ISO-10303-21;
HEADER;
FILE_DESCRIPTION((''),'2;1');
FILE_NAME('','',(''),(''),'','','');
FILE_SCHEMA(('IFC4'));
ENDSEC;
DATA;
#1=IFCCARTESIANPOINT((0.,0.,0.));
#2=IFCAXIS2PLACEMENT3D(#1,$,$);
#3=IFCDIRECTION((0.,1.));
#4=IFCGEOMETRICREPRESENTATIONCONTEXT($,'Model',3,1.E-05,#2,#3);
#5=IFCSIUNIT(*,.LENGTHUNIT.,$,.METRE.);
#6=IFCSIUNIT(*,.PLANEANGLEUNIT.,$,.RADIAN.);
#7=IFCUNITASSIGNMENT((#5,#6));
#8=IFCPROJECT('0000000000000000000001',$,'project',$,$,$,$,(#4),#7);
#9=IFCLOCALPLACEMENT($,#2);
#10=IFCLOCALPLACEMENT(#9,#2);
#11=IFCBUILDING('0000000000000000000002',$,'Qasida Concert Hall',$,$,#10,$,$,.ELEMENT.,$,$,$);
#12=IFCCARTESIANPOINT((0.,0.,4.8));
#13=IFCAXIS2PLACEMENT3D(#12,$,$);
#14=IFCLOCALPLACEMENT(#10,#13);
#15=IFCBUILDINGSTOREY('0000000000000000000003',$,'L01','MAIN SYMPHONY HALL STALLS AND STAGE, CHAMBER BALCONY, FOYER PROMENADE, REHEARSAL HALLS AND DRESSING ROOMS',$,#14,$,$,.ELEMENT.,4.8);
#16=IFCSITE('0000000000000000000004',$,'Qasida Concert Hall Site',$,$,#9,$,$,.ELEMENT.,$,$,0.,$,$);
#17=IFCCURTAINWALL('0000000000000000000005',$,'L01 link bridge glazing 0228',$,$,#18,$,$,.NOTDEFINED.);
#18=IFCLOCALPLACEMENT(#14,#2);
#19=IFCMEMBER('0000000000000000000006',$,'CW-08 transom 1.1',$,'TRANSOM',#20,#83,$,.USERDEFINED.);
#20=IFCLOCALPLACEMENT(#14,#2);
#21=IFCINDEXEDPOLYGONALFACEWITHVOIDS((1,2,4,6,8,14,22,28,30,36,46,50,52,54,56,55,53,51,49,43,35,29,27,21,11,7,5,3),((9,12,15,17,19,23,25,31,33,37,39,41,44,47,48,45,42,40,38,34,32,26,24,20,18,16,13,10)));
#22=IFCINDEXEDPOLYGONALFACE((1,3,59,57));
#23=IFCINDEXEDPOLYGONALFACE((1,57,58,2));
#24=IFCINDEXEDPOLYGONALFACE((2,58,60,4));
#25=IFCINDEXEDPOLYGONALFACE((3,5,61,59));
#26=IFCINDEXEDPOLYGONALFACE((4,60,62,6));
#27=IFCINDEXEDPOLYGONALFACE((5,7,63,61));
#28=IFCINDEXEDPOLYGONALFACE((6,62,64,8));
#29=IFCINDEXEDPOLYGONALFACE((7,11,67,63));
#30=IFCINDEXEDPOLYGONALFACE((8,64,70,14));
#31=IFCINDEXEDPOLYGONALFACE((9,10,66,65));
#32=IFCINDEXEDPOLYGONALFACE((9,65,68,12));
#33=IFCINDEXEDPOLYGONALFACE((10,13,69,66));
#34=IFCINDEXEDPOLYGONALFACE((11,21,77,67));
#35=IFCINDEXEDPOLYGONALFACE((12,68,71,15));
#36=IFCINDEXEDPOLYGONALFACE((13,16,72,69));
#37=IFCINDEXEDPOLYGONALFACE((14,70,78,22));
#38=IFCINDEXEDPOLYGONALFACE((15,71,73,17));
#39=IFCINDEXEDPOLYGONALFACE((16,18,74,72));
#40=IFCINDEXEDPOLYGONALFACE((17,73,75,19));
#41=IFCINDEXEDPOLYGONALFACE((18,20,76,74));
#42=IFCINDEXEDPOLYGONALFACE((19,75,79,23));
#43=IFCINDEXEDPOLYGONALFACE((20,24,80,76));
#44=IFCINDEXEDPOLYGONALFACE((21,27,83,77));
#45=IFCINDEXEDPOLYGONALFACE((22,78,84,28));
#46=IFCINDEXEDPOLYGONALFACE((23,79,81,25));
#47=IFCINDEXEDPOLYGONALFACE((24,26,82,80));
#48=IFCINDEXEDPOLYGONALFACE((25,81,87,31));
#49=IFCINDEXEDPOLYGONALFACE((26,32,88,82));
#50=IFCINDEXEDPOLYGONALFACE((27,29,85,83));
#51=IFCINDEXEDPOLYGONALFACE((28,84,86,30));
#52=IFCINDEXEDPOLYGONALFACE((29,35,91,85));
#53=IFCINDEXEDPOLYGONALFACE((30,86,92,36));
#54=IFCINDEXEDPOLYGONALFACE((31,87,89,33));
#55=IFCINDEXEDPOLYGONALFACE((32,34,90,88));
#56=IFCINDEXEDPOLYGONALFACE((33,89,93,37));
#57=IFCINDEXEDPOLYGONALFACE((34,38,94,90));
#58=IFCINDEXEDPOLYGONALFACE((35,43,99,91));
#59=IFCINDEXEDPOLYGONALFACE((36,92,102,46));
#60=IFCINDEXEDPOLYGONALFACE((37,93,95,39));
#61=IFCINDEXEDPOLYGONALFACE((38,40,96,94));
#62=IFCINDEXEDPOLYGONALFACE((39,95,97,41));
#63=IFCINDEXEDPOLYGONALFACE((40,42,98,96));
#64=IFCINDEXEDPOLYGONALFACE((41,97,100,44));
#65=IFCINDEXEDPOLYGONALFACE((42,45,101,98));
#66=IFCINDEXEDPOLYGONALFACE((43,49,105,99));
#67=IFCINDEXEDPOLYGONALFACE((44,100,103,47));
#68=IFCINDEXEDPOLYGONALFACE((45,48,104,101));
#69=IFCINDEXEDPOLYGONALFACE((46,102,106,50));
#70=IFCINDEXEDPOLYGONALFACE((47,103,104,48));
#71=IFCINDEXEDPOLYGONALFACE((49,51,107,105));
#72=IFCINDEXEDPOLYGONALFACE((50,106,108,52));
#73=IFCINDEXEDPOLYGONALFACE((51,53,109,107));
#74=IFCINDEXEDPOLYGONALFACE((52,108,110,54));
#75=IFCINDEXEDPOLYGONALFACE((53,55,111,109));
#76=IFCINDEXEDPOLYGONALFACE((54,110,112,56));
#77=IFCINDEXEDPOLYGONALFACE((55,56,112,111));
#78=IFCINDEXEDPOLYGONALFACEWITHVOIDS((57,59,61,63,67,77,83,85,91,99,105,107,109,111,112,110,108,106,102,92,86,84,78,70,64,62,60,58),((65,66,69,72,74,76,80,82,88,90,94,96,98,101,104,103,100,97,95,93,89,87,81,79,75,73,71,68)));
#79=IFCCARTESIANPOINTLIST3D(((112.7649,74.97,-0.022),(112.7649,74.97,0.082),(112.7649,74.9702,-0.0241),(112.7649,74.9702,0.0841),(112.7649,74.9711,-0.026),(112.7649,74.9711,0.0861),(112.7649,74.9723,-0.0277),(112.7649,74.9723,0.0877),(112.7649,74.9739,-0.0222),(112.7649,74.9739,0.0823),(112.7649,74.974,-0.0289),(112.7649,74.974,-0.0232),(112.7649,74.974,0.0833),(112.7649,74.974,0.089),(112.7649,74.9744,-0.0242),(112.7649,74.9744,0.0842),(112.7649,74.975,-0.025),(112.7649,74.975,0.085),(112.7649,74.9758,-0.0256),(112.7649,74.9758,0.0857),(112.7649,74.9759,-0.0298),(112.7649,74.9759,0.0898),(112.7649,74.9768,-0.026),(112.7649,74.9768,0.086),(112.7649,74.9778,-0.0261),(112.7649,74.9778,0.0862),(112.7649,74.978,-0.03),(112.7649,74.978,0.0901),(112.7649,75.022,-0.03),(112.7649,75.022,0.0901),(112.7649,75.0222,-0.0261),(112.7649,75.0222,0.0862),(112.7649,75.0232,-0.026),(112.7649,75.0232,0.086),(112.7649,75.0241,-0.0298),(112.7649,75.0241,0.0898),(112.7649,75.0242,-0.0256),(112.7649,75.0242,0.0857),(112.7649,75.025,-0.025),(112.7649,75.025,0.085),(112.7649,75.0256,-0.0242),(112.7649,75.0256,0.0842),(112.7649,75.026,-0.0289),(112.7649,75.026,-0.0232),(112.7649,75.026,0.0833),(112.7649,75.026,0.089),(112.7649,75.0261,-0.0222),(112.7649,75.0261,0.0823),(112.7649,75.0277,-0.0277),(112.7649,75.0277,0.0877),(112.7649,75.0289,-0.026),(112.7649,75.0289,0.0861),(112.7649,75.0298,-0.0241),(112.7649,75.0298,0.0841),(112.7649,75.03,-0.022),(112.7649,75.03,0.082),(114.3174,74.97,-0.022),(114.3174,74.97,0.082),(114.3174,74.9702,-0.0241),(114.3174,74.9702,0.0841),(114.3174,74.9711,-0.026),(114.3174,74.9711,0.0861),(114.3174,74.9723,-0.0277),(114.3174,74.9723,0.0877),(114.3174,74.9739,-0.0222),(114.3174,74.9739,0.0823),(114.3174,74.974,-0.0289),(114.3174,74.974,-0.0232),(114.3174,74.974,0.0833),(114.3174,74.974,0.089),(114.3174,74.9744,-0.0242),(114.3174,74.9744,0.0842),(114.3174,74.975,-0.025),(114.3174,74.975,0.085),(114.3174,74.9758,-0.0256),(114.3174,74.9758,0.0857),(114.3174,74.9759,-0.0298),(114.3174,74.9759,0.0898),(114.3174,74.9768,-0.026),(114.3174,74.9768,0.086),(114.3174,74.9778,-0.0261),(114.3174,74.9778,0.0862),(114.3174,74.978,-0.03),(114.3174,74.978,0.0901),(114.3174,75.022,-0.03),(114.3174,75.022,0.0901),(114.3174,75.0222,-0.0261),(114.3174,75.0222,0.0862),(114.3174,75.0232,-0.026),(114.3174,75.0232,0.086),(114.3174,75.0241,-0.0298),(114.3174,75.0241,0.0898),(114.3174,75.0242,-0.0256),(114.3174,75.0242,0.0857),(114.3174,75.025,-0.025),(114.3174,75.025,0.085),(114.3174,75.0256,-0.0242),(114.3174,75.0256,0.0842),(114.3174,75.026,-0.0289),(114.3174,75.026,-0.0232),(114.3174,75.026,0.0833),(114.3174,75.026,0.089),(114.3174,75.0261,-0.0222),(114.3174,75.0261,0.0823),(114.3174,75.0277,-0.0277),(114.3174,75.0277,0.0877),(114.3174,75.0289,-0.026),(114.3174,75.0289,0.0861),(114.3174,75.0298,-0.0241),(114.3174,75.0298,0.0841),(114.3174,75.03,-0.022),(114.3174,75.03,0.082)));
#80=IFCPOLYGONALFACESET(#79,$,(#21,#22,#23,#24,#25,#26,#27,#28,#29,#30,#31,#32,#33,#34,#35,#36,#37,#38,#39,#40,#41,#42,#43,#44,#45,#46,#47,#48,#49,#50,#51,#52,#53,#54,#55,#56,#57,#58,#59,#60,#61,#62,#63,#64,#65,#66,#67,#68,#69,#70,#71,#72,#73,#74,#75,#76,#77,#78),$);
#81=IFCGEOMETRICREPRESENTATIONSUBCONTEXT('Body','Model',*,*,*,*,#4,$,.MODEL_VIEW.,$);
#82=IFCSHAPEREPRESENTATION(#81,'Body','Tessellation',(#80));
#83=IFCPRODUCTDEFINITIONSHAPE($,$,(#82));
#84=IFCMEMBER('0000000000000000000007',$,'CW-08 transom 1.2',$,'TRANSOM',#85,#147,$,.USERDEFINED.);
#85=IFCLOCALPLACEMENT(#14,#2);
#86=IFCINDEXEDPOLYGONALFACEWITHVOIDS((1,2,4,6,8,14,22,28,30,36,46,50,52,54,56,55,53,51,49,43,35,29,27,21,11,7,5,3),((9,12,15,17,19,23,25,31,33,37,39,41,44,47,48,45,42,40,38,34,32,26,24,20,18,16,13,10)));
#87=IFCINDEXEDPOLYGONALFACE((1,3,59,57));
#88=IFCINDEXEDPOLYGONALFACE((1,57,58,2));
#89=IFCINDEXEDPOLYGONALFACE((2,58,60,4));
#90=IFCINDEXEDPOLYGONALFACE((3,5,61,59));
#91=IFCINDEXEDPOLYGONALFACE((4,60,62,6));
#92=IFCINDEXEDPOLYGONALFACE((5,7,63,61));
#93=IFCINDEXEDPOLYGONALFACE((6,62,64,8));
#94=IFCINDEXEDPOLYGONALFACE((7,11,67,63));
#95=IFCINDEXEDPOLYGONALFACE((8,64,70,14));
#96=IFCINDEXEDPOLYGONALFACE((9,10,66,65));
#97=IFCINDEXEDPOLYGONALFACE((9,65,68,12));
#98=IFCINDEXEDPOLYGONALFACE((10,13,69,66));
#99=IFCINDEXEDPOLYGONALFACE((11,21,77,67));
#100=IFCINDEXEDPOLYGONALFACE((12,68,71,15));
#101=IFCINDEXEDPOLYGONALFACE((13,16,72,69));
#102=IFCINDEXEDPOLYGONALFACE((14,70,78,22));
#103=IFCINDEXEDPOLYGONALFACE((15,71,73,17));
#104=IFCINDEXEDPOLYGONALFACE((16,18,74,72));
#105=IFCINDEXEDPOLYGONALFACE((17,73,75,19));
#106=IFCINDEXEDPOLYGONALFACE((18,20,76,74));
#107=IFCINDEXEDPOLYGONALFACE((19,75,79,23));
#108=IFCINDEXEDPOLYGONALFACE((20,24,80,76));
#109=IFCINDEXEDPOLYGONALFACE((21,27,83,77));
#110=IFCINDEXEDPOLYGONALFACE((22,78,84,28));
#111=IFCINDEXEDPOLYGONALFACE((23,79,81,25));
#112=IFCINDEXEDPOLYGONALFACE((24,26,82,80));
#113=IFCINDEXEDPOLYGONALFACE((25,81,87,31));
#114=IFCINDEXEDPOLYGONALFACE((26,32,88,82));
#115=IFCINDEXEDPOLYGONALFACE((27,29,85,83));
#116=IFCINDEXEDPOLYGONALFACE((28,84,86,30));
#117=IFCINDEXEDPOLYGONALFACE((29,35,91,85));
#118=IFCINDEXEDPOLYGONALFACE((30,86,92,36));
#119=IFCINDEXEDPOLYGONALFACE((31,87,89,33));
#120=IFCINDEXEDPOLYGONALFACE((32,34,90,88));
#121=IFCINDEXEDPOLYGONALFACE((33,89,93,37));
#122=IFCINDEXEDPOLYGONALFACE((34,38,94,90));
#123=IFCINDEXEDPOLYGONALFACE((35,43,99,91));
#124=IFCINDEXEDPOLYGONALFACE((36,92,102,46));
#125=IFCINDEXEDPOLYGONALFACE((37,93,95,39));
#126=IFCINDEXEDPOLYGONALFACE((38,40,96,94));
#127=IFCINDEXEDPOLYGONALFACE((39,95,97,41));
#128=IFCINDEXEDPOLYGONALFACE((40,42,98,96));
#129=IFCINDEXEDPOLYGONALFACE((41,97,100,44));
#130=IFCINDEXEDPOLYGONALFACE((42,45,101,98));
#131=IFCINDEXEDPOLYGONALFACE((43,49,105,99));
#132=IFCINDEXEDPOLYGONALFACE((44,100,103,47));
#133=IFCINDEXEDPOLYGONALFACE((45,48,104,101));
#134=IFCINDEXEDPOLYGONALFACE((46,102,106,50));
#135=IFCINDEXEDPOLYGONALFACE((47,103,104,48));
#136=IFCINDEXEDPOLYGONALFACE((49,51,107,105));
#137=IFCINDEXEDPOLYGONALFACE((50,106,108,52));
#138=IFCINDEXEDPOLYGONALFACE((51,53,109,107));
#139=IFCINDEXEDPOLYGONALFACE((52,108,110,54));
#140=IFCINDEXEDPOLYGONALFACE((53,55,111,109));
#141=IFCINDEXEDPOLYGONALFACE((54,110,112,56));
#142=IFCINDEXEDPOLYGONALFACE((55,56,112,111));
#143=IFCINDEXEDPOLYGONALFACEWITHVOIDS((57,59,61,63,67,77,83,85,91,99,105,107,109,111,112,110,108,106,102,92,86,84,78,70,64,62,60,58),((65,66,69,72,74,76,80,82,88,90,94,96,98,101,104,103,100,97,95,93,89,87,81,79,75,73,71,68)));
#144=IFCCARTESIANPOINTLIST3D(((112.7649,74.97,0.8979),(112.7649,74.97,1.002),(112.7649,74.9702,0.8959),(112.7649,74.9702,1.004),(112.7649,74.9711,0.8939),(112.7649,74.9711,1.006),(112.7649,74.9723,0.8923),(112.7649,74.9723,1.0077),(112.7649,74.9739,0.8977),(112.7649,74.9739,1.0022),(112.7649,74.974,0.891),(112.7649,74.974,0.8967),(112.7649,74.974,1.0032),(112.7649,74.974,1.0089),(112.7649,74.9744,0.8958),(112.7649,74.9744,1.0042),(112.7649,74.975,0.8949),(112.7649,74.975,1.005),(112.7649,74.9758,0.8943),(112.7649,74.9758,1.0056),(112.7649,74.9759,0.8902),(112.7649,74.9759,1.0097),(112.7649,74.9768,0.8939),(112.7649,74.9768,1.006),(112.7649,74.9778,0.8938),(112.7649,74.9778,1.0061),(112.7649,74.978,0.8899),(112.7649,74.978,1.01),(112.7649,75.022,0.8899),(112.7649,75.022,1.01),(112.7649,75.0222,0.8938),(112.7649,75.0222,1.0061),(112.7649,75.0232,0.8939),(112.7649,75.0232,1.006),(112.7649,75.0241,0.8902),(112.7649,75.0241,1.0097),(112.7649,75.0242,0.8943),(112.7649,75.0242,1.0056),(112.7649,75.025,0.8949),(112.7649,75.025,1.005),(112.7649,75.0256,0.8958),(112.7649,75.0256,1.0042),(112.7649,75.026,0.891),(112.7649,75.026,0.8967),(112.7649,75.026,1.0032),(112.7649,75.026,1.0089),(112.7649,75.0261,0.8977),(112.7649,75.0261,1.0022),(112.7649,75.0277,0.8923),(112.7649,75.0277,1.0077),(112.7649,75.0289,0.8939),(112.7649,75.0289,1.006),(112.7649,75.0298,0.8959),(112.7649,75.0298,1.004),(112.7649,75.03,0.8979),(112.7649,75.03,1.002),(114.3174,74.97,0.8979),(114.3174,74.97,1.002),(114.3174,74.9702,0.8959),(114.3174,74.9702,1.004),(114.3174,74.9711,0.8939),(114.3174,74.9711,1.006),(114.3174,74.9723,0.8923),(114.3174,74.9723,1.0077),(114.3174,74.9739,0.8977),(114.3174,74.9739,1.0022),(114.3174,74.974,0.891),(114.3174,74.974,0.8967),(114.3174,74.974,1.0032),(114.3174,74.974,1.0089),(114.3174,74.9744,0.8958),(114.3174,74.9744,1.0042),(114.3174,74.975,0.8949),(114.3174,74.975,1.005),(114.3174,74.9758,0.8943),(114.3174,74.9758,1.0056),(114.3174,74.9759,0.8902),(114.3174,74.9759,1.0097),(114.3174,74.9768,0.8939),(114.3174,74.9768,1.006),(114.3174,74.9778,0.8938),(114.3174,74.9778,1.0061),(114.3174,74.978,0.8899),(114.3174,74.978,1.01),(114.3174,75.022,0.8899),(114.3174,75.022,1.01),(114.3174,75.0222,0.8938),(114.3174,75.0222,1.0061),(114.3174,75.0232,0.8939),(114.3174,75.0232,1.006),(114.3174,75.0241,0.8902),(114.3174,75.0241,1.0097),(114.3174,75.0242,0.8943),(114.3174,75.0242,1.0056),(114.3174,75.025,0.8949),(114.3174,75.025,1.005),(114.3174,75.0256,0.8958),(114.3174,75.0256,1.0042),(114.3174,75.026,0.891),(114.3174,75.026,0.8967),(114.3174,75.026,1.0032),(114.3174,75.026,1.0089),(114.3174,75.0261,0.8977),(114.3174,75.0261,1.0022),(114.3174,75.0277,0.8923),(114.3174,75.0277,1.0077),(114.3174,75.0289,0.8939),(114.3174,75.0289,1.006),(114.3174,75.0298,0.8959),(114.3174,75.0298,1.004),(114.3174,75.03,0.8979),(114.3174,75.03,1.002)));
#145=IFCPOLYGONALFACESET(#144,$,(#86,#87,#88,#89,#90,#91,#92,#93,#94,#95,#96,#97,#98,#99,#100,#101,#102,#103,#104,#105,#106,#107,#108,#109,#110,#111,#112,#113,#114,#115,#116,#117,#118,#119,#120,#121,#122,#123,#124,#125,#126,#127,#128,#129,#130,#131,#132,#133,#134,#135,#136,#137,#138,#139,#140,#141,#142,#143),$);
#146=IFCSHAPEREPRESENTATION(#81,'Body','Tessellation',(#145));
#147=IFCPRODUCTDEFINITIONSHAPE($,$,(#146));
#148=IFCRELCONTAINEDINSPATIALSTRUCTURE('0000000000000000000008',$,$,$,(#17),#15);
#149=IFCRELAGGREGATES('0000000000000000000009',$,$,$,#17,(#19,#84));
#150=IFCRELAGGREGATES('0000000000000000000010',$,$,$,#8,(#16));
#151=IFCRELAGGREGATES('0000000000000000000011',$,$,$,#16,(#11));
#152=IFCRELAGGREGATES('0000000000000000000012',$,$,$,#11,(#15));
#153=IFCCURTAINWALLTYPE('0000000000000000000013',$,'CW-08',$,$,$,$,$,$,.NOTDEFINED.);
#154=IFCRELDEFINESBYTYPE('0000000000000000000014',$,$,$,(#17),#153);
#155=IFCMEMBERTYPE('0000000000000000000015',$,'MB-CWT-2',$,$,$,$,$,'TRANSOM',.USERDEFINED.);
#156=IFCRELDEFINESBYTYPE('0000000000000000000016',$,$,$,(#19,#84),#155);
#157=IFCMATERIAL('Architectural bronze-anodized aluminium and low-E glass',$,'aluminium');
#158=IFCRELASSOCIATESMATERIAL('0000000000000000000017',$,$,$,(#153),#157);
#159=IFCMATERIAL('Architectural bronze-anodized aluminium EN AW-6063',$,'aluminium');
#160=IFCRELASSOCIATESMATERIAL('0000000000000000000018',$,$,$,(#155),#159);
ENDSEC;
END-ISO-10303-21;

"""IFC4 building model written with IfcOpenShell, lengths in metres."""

from ifc_helpers import new_model, si_unit, direction, frame, origin, origin_2d, place, context, subcontext, project, spatial, hollow_rectangle, extrude, material, material_profile, profile_set, type_object, element, aggregate, save


model = new_model("IFC4")

# Units and contexts
model_context = context("Model", 3, precision=1e-05, world=origin(), true_north=direction((0.0, 1.0)))
body_context = subcontext(model_context, "Body", "Model", "MODEL_VIEW")
ifc_project = project(units=[si_unit("LENGTHUNIT", "METRE"), si_unit("PLANEANGLEUNIT", "RADIAN")], contexts=[model_context])

# Site, building, storey
site_placement = place(None, origin())
site = spatial("IfcSite", under=ifc_project, at=site_placement, Name="Qasida Concert Hall Site", CompositionType="ELEMENT", RefElevation=0.0)
building_placement = place(site_placement, origin())
building = spatial("IfcBuilding", under=site, at=building_placement, Name="Qasida Concert Hall", CompositionType="ELEMENT")
storey_placement = place(building_placement, frame((0.0, 0.0, 4.8)))
storey = spatial("IfcBuildingStorey", under=building, at=storey_placement, Name="L01", Description="MAIN SYMPHONY HALL STALLS AND STAGE, CHAMBER BALCONY, FOYER PROMENADE, REHEARSAL HALLS AND DRESSING ROOMS", CompositionType="ELEMENT", Elevation=4.8)

# Curtain wall, members
ifc_material_1 = material(Name="Architectural bronze-anodized aluminium and low-E glass", Category="aluminium")
curtain_wall_type = type_object("IfcCurtainWallType", Name="CW-08", PredefinedType="NOTDEFINED", material=ifc_material_1)
curtain_wall_placement = place(storey_placement, origin())
curtain_wall = element("IfcCurtainWall", 1, at=curtain_wall_placement, inside=storey, type_object=curtain_wall_type, Name="L01 link bridge glazing 0228", PredefinedType="NOTDEFINED")
ifc_material_2 = material(Name="Architectural bronze-anodized aluminium EN AW-6063", Category="aluminium")
ifc_material_profile_1 = material_profile(ifc_material_2, hollow_rectangle(XDim=0.0601, YDim=0.1201, WallThickness=0.0039, InnerFilletRadius=0.0039, OuterFilletRadius=0.0081, at=origin_2d()), Name="CWT 120x60x4")
ifc_profile_set_1 = profile_set([ifc_material_profile_1], Name="Architectural bronze-anodized aluminium EN AW-6063")
member_type_1 = type_object("IfcMemberType", Name="MB-CWT-2", ElementType="TRANSOM", PredefinedType="USERDEFINED", material=ifc_profile_set_1)
member_1_placement = place(storey_placement, frame((112.7649, 75.0, 0.03), z_axis=(1.0, 0.0, 0.0), x_axis=(0.0, 1.0, 0.0)))
member_1 = element("IfcMember", 2, at=member_1_placement, type_object=member_type_1, Name="CW-08 transom 1.1", ObjectType="TRANSOM", PredefinedType="USERDEFINED", context=body_context, shape_type="SweptSolid", body=[
    extrude(hollow_rectangle(XDim=0.0601, YDim=0.1201, WallThickness=0.0039, InnerFilletRadius=0.0039, OuterFilletRadius=0.0081, at=origin_2d()), origin(), (0.0, 0.0, 1.0), 1.5525),
])
member_2_placement = place(storey_placement, frame((112.7649, 75.0, 0.95), z_axis=(1.0, 0.0, 0.0), x_axis=(0.0, 1.0, 0.0)))
member_2 = element("IfcMember", 3, at=member_2_placement, type_object=member_type_1, Name="CW-08 transom 1.2", ObjectType="TRANSOM", PredefinedType="USERDEFINED", context=body_context, shape_type="SweptSolid", body=[
    extrude(hollow_rectangle(XDim=0.0601, YDim=0.1201, WallThickness=0.0039, InnerFilletRadius=0.0039, OuterFilletRadius=0.0081, at=origin_2d()), origin(), (0.0, 0.0, 1.0), 1.5525),
])
aggregate(curtain_wall, [member_1, member_2])

save(model, "model.ifc")
